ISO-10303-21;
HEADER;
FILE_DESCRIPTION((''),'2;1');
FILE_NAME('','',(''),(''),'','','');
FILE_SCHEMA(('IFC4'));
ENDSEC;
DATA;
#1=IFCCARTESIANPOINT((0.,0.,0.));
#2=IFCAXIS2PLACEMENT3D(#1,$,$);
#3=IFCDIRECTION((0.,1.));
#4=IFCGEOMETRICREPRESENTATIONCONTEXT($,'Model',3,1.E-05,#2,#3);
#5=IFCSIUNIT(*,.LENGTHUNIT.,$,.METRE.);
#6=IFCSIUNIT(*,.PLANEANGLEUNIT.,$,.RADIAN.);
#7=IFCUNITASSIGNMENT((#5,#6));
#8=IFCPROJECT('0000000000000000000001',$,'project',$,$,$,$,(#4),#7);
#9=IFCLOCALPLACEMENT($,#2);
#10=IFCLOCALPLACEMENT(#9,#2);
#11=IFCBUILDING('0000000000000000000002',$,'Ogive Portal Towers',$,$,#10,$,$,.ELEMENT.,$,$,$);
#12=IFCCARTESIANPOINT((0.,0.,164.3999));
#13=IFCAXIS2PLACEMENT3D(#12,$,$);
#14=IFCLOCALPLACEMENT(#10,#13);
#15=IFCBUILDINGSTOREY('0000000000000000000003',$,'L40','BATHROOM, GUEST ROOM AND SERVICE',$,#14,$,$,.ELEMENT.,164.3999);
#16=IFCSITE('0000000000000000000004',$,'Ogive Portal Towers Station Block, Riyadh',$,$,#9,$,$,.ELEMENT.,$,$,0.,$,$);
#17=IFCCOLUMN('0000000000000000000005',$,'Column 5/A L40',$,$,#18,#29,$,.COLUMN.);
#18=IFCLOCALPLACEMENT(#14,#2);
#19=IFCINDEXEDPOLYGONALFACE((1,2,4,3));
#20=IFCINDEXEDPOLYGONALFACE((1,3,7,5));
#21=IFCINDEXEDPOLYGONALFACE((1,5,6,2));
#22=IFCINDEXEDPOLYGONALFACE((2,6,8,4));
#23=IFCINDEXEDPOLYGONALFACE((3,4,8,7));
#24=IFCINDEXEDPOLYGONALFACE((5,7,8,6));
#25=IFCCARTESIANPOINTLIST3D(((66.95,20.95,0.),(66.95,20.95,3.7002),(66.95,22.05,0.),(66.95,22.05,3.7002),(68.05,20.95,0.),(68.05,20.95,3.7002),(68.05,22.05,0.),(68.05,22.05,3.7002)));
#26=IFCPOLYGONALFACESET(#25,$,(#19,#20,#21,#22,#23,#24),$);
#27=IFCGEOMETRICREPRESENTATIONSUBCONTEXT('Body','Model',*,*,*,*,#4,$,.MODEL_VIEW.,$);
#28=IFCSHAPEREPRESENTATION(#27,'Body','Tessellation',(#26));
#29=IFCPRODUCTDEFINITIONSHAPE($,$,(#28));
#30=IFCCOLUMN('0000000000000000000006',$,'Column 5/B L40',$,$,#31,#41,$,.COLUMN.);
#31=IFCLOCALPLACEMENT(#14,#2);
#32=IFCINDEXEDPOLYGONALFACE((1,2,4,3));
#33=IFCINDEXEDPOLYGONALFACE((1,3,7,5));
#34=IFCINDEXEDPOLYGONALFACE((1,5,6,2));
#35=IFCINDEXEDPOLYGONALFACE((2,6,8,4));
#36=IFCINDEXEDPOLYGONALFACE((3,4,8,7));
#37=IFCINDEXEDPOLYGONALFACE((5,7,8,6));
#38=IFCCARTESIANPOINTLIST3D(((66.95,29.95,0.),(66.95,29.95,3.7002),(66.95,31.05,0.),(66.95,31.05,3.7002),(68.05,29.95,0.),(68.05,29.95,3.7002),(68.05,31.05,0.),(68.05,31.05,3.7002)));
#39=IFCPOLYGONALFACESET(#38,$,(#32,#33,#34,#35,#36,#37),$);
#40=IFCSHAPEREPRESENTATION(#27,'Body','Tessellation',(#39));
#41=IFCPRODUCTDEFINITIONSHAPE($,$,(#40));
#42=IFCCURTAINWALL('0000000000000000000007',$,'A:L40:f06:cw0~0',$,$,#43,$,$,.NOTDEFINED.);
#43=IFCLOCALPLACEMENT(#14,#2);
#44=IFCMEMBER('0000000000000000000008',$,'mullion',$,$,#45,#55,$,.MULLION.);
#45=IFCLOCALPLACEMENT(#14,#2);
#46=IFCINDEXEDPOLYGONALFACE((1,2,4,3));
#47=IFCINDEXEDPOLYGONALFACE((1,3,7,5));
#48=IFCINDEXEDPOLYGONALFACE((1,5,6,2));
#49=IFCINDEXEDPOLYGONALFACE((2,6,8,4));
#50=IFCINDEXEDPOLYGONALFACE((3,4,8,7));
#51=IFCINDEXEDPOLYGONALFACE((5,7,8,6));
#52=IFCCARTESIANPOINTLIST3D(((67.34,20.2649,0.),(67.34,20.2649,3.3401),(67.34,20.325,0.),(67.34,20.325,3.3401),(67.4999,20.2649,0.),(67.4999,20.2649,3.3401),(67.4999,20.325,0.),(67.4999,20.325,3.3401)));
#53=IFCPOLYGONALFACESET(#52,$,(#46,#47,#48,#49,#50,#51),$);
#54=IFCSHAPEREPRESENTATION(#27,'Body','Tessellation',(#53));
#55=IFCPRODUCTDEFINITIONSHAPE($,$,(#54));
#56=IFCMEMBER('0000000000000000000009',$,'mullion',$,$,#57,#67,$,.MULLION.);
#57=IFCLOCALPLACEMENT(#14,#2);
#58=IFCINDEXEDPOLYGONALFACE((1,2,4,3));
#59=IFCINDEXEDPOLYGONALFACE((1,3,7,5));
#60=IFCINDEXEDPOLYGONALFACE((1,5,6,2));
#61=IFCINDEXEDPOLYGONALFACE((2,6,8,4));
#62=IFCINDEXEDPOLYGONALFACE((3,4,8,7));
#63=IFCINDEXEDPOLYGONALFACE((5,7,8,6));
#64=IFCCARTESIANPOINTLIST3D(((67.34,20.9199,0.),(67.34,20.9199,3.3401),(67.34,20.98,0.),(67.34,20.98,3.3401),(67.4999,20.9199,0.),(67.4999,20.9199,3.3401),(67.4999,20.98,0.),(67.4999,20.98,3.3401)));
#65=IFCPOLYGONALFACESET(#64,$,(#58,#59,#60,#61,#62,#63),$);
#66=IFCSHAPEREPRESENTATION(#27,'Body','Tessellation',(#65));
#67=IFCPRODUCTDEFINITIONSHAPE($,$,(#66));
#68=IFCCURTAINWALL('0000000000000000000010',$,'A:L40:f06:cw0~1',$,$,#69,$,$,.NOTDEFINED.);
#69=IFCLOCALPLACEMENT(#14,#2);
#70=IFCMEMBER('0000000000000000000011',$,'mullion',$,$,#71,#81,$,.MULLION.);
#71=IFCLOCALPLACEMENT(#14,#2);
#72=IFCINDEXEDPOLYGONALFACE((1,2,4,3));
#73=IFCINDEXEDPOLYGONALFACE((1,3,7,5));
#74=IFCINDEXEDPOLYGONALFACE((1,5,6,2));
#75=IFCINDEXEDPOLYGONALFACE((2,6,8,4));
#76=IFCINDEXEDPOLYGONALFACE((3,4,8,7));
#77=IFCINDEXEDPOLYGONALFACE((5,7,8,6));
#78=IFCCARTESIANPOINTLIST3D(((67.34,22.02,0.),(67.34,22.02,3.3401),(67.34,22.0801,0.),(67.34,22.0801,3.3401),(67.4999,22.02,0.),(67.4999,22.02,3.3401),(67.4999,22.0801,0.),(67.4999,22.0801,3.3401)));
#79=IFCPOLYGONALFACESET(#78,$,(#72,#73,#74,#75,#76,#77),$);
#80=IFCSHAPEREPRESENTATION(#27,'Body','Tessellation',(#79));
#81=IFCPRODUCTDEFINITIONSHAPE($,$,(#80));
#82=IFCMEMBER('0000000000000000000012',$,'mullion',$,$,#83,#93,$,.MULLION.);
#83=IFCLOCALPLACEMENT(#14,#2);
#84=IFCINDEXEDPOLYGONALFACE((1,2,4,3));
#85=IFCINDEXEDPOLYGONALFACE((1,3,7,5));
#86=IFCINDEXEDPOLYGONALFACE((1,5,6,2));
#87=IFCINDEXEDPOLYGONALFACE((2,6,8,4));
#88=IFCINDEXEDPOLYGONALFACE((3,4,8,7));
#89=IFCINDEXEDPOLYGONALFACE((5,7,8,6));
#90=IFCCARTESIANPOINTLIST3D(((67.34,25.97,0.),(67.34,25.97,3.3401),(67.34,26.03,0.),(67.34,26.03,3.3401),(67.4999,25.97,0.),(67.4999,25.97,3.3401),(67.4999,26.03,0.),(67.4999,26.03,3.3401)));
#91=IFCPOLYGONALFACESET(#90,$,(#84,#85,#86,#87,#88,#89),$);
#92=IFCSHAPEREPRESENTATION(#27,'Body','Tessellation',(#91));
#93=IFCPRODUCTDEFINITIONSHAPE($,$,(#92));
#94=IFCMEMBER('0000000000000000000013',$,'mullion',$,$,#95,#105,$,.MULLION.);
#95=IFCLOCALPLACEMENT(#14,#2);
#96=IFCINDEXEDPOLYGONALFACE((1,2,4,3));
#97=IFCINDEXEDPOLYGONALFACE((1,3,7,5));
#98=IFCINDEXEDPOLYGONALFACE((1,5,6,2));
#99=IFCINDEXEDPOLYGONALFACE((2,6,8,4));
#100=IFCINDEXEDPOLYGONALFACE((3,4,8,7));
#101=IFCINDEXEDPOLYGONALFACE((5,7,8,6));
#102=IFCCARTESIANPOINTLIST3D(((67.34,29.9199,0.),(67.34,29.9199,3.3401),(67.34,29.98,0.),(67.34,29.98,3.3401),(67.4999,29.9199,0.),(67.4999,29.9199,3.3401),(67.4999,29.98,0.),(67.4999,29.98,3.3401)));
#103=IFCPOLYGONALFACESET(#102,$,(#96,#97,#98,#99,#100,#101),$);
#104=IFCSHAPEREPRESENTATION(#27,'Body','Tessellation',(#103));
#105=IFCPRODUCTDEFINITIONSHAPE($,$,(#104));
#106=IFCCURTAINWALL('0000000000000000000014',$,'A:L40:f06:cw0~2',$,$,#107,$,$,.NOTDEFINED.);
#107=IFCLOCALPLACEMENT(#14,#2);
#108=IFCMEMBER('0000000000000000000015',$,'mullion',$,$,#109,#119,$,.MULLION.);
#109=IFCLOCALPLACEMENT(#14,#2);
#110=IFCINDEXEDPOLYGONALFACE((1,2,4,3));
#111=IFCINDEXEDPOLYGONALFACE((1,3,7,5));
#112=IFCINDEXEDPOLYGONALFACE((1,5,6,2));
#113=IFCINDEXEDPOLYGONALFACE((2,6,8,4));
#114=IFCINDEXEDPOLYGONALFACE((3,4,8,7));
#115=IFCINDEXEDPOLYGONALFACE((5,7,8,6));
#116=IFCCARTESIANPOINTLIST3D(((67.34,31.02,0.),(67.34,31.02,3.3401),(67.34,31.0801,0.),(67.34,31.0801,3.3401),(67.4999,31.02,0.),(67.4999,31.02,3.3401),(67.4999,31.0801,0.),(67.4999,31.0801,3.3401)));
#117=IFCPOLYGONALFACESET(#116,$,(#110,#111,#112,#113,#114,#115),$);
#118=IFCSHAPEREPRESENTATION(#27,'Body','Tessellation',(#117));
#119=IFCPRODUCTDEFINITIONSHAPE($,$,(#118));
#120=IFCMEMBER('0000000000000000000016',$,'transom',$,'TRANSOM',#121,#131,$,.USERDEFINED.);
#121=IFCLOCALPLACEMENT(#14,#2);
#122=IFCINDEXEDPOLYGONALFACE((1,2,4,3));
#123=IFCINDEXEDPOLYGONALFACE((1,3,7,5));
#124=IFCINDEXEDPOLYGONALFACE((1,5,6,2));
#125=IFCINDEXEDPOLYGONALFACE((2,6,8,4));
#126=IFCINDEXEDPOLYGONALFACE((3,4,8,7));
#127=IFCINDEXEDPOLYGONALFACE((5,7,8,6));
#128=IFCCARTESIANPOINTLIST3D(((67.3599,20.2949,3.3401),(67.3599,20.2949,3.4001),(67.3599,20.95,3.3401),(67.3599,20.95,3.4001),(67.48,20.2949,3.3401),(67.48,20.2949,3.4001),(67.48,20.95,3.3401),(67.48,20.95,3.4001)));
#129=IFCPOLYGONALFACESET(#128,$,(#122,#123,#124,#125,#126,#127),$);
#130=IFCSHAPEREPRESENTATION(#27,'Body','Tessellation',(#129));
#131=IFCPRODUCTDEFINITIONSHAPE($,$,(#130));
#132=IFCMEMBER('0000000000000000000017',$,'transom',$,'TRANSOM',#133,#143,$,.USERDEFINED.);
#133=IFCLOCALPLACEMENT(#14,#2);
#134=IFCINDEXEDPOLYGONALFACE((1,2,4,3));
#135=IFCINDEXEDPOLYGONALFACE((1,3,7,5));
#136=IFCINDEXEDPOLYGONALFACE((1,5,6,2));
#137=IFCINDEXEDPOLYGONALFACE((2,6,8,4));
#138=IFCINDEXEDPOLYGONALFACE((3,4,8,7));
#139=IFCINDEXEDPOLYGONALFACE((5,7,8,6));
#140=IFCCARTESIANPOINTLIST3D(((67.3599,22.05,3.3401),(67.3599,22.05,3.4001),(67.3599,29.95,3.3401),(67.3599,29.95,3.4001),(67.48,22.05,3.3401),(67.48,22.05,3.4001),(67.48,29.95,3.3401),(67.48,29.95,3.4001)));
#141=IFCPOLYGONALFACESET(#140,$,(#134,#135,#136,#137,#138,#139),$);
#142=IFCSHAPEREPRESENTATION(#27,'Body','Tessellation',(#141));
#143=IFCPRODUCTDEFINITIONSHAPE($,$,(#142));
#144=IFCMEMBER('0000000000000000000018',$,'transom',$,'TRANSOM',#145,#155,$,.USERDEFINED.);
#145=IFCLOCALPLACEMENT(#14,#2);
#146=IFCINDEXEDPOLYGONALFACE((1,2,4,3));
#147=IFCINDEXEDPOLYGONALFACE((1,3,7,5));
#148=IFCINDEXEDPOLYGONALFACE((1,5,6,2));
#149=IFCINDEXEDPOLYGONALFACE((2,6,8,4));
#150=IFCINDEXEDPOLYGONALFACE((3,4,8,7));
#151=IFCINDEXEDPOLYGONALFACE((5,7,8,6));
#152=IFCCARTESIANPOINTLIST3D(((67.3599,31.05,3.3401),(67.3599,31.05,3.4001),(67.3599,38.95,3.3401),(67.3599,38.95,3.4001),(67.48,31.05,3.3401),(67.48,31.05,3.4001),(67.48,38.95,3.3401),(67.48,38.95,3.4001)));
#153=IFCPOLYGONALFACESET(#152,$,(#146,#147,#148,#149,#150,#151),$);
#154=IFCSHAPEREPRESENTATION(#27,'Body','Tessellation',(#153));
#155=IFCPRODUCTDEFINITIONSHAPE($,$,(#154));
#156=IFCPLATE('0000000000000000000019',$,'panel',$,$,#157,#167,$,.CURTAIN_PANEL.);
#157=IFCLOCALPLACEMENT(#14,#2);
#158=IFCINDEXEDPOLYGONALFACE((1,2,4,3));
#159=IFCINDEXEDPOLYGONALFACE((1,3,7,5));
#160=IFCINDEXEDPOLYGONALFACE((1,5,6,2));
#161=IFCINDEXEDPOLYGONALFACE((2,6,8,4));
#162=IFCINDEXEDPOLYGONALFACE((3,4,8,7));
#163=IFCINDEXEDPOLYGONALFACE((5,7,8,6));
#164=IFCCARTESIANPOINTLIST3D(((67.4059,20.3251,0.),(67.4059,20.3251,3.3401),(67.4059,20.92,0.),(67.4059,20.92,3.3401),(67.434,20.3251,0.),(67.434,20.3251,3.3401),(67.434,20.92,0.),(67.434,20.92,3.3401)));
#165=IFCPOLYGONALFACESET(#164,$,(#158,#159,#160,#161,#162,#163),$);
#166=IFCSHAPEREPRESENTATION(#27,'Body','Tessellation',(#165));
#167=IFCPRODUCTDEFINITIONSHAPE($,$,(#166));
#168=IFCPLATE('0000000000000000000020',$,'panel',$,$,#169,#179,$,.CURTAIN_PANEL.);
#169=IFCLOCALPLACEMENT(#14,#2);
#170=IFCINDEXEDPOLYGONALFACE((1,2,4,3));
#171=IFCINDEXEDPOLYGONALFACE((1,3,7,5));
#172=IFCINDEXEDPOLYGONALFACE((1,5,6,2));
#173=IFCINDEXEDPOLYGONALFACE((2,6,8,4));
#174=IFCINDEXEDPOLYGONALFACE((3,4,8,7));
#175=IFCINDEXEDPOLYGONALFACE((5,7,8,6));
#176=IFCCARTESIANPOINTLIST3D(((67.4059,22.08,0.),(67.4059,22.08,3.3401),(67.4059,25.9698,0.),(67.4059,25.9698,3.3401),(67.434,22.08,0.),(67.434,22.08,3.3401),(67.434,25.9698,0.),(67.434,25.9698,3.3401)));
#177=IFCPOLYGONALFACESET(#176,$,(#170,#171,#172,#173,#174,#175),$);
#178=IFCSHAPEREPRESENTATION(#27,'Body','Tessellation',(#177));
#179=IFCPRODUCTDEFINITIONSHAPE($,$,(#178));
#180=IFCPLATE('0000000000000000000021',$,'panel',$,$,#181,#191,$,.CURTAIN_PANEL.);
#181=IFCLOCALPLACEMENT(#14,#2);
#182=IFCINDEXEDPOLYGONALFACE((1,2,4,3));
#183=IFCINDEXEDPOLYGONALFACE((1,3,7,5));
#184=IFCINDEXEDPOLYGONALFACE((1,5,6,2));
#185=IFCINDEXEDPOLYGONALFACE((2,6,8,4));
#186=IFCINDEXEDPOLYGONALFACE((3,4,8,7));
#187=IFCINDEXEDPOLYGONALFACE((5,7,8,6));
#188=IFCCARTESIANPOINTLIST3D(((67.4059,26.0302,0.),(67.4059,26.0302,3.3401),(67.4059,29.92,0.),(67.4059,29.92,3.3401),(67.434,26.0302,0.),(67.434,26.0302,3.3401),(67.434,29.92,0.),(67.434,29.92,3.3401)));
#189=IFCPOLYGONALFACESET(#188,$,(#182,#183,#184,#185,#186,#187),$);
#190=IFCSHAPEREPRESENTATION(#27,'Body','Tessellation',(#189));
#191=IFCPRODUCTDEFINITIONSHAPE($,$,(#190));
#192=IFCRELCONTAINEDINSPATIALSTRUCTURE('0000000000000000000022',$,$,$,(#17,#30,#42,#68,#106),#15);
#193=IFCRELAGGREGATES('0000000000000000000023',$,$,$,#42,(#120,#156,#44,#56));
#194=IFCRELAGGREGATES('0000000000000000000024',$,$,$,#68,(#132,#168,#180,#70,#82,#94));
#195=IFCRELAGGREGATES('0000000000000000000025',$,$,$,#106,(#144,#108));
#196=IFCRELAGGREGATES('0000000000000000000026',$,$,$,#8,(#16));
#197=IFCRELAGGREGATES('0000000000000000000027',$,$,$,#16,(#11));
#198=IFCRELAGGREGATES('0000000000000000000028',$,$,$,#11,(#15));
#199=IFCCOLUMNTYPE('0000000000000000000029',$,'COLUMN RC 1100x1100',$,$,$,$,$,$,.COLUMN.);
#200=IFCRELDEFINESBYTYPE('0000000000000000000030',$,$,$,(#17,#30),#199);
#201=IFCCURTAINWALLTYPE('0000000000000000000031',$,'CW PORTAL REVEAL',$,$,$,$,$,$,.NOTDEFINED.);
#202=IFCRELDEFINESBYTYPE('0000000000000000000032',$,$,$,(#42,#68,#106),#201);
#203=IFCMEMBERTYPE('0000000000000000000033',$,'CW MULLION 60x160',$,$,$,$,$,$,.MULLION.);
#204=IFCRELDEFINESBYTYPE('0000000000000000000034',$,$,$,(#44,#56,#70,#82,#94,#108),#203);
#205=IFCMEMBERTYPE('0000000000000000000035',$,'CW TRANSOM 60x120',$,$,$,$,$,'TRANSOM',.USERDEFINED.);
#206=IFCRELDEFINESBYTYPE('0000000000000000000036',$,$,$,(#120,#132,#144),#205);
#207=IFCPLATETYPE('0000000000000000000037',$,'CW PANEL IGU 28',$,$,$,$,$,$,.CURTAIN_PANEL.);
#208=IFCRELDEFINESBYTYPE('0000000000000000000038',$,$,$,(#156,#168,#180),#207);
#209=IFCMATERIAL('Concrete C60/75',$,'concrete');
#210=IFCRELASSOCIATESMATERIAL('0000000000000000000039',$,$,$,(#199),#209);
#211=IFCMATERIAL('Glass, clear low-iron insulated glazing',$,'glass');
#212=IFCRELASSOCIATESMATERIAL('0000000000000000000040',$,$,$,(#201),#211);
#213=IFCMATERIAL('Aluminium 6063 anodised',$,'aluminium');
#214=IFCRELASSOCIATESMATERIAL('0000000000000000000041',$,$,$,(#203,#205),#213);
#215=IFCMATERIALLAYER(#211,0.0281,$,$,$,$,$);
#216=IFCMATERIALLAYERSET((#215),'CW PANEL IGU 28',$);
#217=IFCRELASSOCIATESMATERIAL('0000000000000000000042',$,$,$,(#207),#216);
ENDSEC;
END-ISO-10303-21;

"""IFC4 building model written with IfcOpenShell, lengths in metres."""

from ifc_helpers import new_model, si_unit, direction, frame, origin, origin_2d, place, context, subcontext, project, spatial, rectangle, extrude, material, layer, layer_set, material_profile, profile_set, type_object, element, aggregate, save


model = new_model("IFC4")

# Units and contexts
model_context = context("Model", 3, precision=1e-05, world=origin(), true_north=direction((0.0, 1.0)))
body_context = subcontext(model_context, "Body", "Model", "MODEL_VIEW")
ifc_project = project(units=[si_unit("LENGTHUNIT", "METRE"), si_unit("PLANEANGLEUNIT", "RADIAN")], contexts=[model_context])

# Site, building, storey
site_placement = place(None, origin())
site = spatial("IfcSite", under=ifc_project, at=site_placement, Name="Ogive Portal Towers Station Block, Riyadh", CompositionType="ELEMENT", RefElevation=0.0)
building_placement = place(site_placement, origin())
building = spatial("IfcBuilding", under=site, at=building_placement, Name="Ogive Portal Towers", CompositionType="ELEMENT")
storey_placement = place(building_placement, frame((0.0, 0.0, 164.3999)))
storey = spatial("IfcBuildingStorey", under=building, at=storey_placement, Name="L40", Description="BATHROOM, GUEST ROOM AND SERVICE", CompositionType="ELEMENT", Elevation=164.3999)

# Columns
ifc_material_1 = material(Name="Concrete C60/75", Category="concrete")
ifc_material_profile_1 = material_profile(ifc_material_1, rectangle(XDim=1.1001, YDim=1.1001, at=origin_2d()), Name="RC 1100x1100")
ifc_profile_set_1 = profile_set([ifc_material_profile_1], Name="Concrete C60/75")
column_type = type_object("IfcColumnType", Name="COLUMN RC 1100x1100", PredefinedType="COLUMN", material=ifc_profile_set_1)
for number, where, z_axis, x_axis, name in (
    (1, (67.5, 21.5, 0.0), (0.0, 0.0, 1.0), (1.0, 0.0, 0.0), "Column 5/A L40"),
    (2, (67.5, 30.5, 0.0), (0.0, 0.0, 1.0), (1.0, 0.0, 0.0), "Column 5/B L40"),
):
    element("IfcColumn", number, at=place(storey_placement, frame(where, z_axis=z_axis, x_axis=x_axis)), inside=storey, type_object=column_type, Name=name, PredefinedType="COLUMN", context=body_context, shape_type="SweptSolid", body=[
        extrude(rectangle(XDim=1.1001, YDim=1.1001, at=origin_2d()), origin(), (0.0, 0.0, 1.0), 3.7002),
    ])

# Curtain walls, members
ifc_material_2 = material(Name="Glass, clear low-iron insulated glazing", Category="glass")
curtain_wall_type = type_object("IfcCurtainWallType", Name="CW PORTAL REVEAL", PredefinedType="NOTDEFINED", material=ifc_material_2)
curtain_wall_1_placement = place(storey_placement, origin())
curtain_wall_1 = element("IfcCurtainWall", 3, at=curtain_wall_1_placement, inside=storey, type_object=curtain_wall_type, Name="A:L40:f06:cw0~0", PredefinedType="NOTDEFINED")
ifc_material_3 = material(Name="Aluminium 6063 anodised", Category="aluminium")
ifc_material_profile_2 = material_profile(ifc_material_3, rectangle(XDim=0.1599, YDim=0.0601, at=origin_2d()), Name="AL 60x160")
ifc_profile_set_2 = profile_set([ifc_material_profile_2], Name="Aluminium 6063 anodised")
member_type_1 = type_object("IfcMemberType", Name="CW MULLION 60x160", PredefinedType="MULLION", material=ifc_profile_set_2)
member_1_placement = place(storey_placement, frame((67.4199, 20.2949, 0.0), z_axis=(0.0, 0.0, 1.0), x_axis=(-1.0, 0.0, 0.0)))
member_1 = element("IfcMember", 4, at=member_1_placement, type_object=member_type_1, Name="mullion", PredefinedType="MULLION", context=body_context, shape_type="SweptSolid", body=[
    extrude(rectangle(XDim=0.1599, YDim=0.0601, at=origin_2d()), origin(), (0.0, 0.0, 1.0), 3.3401),
])
member_2_placement = place(storey_placement, frame((67.4199, 20.95, 0.0), z_axis=(0.0, 0.0, 1.0), x_axis=(-1.0, 0.0, 0.0)))
member_2 = element("IfcMember", 5, at=member_2_placement, type_object=member_type_1, Name="mullion", PredefinedType="MULLION", context=body_context, shape_type="SweptSolid", body=[
    extrude(rectangle(XDim=0.1599, YDim=0.0601, at=origin_2d()), origin(), (0.0, 0.0, 1.0), 3.3401),
])
curtain_wall_2_placement = place(storey_placement, origin())
curtain_wall_2 = element("IfcCurtainWall", 6, at=curtain_wall_2_placement, inside=storey, type_object=curtain_wall_type, Name="A:L40:f06:cw0~1", PredefinedType="NOTDEFINED")
member_3_placement = place(storey_placement, frame((67.4199, 22.05, 0.0), z_axis=(0.0, 0.0, 1.0), x_axis=(-1.0, 0.0, 0.0)))
member_3 = element("IfcMember", 7, at=member_3_placement, type_object=member_type_1, Name="mullion", PredefinedType="MULLION", context=body_context, shape_type="SweptSolid", body=[
    extrude(rectangle(XDim=0.1599, YDim=0.0601, at=origin_2d()), origin(), (0.0, 0.0, 1.0), 3.3401),
])
member_4_placement = place(storey_placement, frame((67.4199, 26.0, 0.0), z_axis=(0.0, 0.0, 1.0), x_axis=(-1.0, 0.0, 0.0)))
member_4 = element("IfcMember", 8, at=member_4_placement, type_object=member_type_1, Name="mullion", PredefinedType="MULLION", context=body_context, shape_type="SweptSolid", body=[
    extrude(rectangle(XDim=0.1599, YDim=0.0601, at=origin_2d()), origin(), (0.0, 0.0, 1.0), 3.3401),
])
member_5_placement = place(storey_placement, frame((67.4199, 29.95, 0.0), z_axis=(0.0, 0.0, 1.0), x_axis=(-1.0, 0.0, 0.0)))
member_5 = element("IfcMember", 9, at=member_5_placement, type_object=member_type_1, Name="mullion", PredefinedType="MULLION", context=body_context, shape_type="SweptSolid", body=[
    extrude(rectangle(XDim=0.1599, YDim=0.0601, at=origin_2d()), origin(), (0.0, 0.0, 1.0), 3.3401),
])

# Curtain wall, member
curtain_wall_3_placement = place(storey_placement, origin())
curtain_wall_3 = element("IfcCurtainWall", 10, at=curtain_wall_3_placement, inside=storey, type_object=curtain_wall_type, Name="A:L40:f06:cw0~2", PredefinedType="NOTDEFINED")
member_6_placement = place(storey_placement, frame((67.4199, 31.05, 0.0), z_axis=(0.0, 0.0, 1.0), x_axis=(-1.0, 0.0, 0.0)))
member_6 = element("IfcMember", 11, at=member_6_placement, type_object=member_type_1, Name="mullion", PredefinedType="MULLION", context=body_context, shape_type="SweptSolid", body=[
    extrude(rectangle(XDim=0.1599, YDim=0.0601, at=origin_2d()), origin(), (0.0, 0.0, 1.0), 3.3401),
])

# Members
ifc_material_profile_3 = material_profile(ifc_material_3, rectangle(XDim=0.1201, YDim=0.0601, at=origin_2d()), Name="AL 120x60")
ifc_profile_set_3 = profile_set([ifc_material_profile_3], Name="Aluminium 6063 anodised")
member_type_2 = type_object("IfcMemberType", Name="CW TRANSOM 60x120", ElementType="TRANSOM", PredefinedType="USERDEFINED", material=ifc_profile_set_3)
member_7_placement = place(storey_placement, frame((67.4199, 20.2949, 3.3701), z_axis=(0.0, 1.0, 0.0), x_axis=(-1.0, 0.0, 0.0)))
member_7 = element("IfcMember", 12, at=member_7_placement, type_object=member_type_2, Name="transom", ObjectType="TRANSOM", PredefinedType="USERDEFINED", context=body_context, shape_type="SweptSolid", body=[
    extrude(rectangle(XDim=0.1201, YDim=0.0601, at=origin_2d()), origin(), (0.0, 0.0, 1.0), 0.655),
])
member_8_placement = place(storey_placement, frame((67.4199, 22.05, 3.3701), z_axis=(0.0, 1.0, 0.0), x_axis=(-1.0, 0.0, 0.0)))
member_8 = element("IfcMember", 13, at=member_8_placement, type_object=member_type_2, Name="transom", ObjectType="TRANSOM", PredefinedType="USERDEFINED", context=body_context, shape_type="SweptSolid", body=[
    extrude(rectangle(XDim=0.1201, YDim=0.0601, at=origin_2d()), origin(), (0.0, 0.0, 1.0), 7.8999),
])
member_9_placement = place(storey_placement, frame((67.4199, 31.05, 3.3701), z_axis=(0.0, 1.0, 0.0), x_axis=(-1.0, 0.0, 0.0)))
member_9 = element("IfcMember", 14, at=member_9_placement, type_object=member_type_2, Name="transom", ObjectType="TRANSOM", PredefinedType="USERDEFINED", context=body_context, shape_type="SweptSolid", body=[
    extrude(rectangle(XDim=0.1201, YDim=0.0601, at=origin_2d()), origin(), (0.0, 0.0, 1.0), 7.8999),
])

# Plates
ifc_layer_1 = layer(ifc_material_2, 0.0281)
ifc_layer_set_1 = layer_set([ifc_layer_1], Name="CW PANEL IGU 28")
plate_type = type_object("IfcPlateType", Name="CW PANEL IGU 28", PredefinedType="CURTAIN_PANEL", material=ifc_layer_set_1)
plate_1_placement = place(storey_placement, frame((67.4199, 20.6226, 0.0), z_axis=(0.0, 0.0, 1.0), x_axis=(0.0, 1.0, 0.0)))
plate_1 = element("IfcPlate", 15, at=plate_1_placement, type_object=plate_type, Name="panel", PredefinedType="CURTAIN_PANEL", context=body_context, shape_type="SweptSolid", body=[
    extrude(rectangle(XDim=0.595, YDim=0.0281, at=origin_2d()), origin(), (0.0, 0.0, 1.0), 3.3401),
])
aggregate(curtain_wall_1, [member_7, plate_1, member_1, member_2])
plate_2_placement = place(storey_placement, frame((67.4199, 24.0249, 0.0), z_axis=(0.0, 0.0, 1.0), x_axis=(0.0, 1.0, 0.0)))
plate_2 = element("IfcPlate", 16, at=plate_2_placement, type_object=plate_type, Name="panel", PredefinedType="CURTAIN_PANEL", context=body_context, shape_type="SweptSolid", body=[
    extrude(rectangle(XDim=3.8899, YDim=0.0281, at=origin_2d()), origin(), (0.0, 0.0, 1.0), 3.3401),
])
plate_3_placement = place(storey_placement, frame((67.4199, 27.9751, 0.0), z_axis=(0.0, 0.0, 1.0), x_axis=(0.0, 1.0, 0.0)))
plate_3 = element("IfcPlate", 17, at=plate_3_placement, type_object=plate_type, Name="panel", PredefinedType="CURTAIN_PANEL", context=body_context, shape_type="SweptSolid", body=[
    extrude(rectangle(XDim=3.8899, YDim=0.0281, at=origin_2d()), origin(), (0.0, 0.0, 1.0), 3.3401),
])
aggregate(curtain_wall_2, [member_8, plate_2, plate_3, member_3, member_4, member_5])
aggregate(curtain_wall_3, [member_9, member_6])

save(model, "model.ifc")
